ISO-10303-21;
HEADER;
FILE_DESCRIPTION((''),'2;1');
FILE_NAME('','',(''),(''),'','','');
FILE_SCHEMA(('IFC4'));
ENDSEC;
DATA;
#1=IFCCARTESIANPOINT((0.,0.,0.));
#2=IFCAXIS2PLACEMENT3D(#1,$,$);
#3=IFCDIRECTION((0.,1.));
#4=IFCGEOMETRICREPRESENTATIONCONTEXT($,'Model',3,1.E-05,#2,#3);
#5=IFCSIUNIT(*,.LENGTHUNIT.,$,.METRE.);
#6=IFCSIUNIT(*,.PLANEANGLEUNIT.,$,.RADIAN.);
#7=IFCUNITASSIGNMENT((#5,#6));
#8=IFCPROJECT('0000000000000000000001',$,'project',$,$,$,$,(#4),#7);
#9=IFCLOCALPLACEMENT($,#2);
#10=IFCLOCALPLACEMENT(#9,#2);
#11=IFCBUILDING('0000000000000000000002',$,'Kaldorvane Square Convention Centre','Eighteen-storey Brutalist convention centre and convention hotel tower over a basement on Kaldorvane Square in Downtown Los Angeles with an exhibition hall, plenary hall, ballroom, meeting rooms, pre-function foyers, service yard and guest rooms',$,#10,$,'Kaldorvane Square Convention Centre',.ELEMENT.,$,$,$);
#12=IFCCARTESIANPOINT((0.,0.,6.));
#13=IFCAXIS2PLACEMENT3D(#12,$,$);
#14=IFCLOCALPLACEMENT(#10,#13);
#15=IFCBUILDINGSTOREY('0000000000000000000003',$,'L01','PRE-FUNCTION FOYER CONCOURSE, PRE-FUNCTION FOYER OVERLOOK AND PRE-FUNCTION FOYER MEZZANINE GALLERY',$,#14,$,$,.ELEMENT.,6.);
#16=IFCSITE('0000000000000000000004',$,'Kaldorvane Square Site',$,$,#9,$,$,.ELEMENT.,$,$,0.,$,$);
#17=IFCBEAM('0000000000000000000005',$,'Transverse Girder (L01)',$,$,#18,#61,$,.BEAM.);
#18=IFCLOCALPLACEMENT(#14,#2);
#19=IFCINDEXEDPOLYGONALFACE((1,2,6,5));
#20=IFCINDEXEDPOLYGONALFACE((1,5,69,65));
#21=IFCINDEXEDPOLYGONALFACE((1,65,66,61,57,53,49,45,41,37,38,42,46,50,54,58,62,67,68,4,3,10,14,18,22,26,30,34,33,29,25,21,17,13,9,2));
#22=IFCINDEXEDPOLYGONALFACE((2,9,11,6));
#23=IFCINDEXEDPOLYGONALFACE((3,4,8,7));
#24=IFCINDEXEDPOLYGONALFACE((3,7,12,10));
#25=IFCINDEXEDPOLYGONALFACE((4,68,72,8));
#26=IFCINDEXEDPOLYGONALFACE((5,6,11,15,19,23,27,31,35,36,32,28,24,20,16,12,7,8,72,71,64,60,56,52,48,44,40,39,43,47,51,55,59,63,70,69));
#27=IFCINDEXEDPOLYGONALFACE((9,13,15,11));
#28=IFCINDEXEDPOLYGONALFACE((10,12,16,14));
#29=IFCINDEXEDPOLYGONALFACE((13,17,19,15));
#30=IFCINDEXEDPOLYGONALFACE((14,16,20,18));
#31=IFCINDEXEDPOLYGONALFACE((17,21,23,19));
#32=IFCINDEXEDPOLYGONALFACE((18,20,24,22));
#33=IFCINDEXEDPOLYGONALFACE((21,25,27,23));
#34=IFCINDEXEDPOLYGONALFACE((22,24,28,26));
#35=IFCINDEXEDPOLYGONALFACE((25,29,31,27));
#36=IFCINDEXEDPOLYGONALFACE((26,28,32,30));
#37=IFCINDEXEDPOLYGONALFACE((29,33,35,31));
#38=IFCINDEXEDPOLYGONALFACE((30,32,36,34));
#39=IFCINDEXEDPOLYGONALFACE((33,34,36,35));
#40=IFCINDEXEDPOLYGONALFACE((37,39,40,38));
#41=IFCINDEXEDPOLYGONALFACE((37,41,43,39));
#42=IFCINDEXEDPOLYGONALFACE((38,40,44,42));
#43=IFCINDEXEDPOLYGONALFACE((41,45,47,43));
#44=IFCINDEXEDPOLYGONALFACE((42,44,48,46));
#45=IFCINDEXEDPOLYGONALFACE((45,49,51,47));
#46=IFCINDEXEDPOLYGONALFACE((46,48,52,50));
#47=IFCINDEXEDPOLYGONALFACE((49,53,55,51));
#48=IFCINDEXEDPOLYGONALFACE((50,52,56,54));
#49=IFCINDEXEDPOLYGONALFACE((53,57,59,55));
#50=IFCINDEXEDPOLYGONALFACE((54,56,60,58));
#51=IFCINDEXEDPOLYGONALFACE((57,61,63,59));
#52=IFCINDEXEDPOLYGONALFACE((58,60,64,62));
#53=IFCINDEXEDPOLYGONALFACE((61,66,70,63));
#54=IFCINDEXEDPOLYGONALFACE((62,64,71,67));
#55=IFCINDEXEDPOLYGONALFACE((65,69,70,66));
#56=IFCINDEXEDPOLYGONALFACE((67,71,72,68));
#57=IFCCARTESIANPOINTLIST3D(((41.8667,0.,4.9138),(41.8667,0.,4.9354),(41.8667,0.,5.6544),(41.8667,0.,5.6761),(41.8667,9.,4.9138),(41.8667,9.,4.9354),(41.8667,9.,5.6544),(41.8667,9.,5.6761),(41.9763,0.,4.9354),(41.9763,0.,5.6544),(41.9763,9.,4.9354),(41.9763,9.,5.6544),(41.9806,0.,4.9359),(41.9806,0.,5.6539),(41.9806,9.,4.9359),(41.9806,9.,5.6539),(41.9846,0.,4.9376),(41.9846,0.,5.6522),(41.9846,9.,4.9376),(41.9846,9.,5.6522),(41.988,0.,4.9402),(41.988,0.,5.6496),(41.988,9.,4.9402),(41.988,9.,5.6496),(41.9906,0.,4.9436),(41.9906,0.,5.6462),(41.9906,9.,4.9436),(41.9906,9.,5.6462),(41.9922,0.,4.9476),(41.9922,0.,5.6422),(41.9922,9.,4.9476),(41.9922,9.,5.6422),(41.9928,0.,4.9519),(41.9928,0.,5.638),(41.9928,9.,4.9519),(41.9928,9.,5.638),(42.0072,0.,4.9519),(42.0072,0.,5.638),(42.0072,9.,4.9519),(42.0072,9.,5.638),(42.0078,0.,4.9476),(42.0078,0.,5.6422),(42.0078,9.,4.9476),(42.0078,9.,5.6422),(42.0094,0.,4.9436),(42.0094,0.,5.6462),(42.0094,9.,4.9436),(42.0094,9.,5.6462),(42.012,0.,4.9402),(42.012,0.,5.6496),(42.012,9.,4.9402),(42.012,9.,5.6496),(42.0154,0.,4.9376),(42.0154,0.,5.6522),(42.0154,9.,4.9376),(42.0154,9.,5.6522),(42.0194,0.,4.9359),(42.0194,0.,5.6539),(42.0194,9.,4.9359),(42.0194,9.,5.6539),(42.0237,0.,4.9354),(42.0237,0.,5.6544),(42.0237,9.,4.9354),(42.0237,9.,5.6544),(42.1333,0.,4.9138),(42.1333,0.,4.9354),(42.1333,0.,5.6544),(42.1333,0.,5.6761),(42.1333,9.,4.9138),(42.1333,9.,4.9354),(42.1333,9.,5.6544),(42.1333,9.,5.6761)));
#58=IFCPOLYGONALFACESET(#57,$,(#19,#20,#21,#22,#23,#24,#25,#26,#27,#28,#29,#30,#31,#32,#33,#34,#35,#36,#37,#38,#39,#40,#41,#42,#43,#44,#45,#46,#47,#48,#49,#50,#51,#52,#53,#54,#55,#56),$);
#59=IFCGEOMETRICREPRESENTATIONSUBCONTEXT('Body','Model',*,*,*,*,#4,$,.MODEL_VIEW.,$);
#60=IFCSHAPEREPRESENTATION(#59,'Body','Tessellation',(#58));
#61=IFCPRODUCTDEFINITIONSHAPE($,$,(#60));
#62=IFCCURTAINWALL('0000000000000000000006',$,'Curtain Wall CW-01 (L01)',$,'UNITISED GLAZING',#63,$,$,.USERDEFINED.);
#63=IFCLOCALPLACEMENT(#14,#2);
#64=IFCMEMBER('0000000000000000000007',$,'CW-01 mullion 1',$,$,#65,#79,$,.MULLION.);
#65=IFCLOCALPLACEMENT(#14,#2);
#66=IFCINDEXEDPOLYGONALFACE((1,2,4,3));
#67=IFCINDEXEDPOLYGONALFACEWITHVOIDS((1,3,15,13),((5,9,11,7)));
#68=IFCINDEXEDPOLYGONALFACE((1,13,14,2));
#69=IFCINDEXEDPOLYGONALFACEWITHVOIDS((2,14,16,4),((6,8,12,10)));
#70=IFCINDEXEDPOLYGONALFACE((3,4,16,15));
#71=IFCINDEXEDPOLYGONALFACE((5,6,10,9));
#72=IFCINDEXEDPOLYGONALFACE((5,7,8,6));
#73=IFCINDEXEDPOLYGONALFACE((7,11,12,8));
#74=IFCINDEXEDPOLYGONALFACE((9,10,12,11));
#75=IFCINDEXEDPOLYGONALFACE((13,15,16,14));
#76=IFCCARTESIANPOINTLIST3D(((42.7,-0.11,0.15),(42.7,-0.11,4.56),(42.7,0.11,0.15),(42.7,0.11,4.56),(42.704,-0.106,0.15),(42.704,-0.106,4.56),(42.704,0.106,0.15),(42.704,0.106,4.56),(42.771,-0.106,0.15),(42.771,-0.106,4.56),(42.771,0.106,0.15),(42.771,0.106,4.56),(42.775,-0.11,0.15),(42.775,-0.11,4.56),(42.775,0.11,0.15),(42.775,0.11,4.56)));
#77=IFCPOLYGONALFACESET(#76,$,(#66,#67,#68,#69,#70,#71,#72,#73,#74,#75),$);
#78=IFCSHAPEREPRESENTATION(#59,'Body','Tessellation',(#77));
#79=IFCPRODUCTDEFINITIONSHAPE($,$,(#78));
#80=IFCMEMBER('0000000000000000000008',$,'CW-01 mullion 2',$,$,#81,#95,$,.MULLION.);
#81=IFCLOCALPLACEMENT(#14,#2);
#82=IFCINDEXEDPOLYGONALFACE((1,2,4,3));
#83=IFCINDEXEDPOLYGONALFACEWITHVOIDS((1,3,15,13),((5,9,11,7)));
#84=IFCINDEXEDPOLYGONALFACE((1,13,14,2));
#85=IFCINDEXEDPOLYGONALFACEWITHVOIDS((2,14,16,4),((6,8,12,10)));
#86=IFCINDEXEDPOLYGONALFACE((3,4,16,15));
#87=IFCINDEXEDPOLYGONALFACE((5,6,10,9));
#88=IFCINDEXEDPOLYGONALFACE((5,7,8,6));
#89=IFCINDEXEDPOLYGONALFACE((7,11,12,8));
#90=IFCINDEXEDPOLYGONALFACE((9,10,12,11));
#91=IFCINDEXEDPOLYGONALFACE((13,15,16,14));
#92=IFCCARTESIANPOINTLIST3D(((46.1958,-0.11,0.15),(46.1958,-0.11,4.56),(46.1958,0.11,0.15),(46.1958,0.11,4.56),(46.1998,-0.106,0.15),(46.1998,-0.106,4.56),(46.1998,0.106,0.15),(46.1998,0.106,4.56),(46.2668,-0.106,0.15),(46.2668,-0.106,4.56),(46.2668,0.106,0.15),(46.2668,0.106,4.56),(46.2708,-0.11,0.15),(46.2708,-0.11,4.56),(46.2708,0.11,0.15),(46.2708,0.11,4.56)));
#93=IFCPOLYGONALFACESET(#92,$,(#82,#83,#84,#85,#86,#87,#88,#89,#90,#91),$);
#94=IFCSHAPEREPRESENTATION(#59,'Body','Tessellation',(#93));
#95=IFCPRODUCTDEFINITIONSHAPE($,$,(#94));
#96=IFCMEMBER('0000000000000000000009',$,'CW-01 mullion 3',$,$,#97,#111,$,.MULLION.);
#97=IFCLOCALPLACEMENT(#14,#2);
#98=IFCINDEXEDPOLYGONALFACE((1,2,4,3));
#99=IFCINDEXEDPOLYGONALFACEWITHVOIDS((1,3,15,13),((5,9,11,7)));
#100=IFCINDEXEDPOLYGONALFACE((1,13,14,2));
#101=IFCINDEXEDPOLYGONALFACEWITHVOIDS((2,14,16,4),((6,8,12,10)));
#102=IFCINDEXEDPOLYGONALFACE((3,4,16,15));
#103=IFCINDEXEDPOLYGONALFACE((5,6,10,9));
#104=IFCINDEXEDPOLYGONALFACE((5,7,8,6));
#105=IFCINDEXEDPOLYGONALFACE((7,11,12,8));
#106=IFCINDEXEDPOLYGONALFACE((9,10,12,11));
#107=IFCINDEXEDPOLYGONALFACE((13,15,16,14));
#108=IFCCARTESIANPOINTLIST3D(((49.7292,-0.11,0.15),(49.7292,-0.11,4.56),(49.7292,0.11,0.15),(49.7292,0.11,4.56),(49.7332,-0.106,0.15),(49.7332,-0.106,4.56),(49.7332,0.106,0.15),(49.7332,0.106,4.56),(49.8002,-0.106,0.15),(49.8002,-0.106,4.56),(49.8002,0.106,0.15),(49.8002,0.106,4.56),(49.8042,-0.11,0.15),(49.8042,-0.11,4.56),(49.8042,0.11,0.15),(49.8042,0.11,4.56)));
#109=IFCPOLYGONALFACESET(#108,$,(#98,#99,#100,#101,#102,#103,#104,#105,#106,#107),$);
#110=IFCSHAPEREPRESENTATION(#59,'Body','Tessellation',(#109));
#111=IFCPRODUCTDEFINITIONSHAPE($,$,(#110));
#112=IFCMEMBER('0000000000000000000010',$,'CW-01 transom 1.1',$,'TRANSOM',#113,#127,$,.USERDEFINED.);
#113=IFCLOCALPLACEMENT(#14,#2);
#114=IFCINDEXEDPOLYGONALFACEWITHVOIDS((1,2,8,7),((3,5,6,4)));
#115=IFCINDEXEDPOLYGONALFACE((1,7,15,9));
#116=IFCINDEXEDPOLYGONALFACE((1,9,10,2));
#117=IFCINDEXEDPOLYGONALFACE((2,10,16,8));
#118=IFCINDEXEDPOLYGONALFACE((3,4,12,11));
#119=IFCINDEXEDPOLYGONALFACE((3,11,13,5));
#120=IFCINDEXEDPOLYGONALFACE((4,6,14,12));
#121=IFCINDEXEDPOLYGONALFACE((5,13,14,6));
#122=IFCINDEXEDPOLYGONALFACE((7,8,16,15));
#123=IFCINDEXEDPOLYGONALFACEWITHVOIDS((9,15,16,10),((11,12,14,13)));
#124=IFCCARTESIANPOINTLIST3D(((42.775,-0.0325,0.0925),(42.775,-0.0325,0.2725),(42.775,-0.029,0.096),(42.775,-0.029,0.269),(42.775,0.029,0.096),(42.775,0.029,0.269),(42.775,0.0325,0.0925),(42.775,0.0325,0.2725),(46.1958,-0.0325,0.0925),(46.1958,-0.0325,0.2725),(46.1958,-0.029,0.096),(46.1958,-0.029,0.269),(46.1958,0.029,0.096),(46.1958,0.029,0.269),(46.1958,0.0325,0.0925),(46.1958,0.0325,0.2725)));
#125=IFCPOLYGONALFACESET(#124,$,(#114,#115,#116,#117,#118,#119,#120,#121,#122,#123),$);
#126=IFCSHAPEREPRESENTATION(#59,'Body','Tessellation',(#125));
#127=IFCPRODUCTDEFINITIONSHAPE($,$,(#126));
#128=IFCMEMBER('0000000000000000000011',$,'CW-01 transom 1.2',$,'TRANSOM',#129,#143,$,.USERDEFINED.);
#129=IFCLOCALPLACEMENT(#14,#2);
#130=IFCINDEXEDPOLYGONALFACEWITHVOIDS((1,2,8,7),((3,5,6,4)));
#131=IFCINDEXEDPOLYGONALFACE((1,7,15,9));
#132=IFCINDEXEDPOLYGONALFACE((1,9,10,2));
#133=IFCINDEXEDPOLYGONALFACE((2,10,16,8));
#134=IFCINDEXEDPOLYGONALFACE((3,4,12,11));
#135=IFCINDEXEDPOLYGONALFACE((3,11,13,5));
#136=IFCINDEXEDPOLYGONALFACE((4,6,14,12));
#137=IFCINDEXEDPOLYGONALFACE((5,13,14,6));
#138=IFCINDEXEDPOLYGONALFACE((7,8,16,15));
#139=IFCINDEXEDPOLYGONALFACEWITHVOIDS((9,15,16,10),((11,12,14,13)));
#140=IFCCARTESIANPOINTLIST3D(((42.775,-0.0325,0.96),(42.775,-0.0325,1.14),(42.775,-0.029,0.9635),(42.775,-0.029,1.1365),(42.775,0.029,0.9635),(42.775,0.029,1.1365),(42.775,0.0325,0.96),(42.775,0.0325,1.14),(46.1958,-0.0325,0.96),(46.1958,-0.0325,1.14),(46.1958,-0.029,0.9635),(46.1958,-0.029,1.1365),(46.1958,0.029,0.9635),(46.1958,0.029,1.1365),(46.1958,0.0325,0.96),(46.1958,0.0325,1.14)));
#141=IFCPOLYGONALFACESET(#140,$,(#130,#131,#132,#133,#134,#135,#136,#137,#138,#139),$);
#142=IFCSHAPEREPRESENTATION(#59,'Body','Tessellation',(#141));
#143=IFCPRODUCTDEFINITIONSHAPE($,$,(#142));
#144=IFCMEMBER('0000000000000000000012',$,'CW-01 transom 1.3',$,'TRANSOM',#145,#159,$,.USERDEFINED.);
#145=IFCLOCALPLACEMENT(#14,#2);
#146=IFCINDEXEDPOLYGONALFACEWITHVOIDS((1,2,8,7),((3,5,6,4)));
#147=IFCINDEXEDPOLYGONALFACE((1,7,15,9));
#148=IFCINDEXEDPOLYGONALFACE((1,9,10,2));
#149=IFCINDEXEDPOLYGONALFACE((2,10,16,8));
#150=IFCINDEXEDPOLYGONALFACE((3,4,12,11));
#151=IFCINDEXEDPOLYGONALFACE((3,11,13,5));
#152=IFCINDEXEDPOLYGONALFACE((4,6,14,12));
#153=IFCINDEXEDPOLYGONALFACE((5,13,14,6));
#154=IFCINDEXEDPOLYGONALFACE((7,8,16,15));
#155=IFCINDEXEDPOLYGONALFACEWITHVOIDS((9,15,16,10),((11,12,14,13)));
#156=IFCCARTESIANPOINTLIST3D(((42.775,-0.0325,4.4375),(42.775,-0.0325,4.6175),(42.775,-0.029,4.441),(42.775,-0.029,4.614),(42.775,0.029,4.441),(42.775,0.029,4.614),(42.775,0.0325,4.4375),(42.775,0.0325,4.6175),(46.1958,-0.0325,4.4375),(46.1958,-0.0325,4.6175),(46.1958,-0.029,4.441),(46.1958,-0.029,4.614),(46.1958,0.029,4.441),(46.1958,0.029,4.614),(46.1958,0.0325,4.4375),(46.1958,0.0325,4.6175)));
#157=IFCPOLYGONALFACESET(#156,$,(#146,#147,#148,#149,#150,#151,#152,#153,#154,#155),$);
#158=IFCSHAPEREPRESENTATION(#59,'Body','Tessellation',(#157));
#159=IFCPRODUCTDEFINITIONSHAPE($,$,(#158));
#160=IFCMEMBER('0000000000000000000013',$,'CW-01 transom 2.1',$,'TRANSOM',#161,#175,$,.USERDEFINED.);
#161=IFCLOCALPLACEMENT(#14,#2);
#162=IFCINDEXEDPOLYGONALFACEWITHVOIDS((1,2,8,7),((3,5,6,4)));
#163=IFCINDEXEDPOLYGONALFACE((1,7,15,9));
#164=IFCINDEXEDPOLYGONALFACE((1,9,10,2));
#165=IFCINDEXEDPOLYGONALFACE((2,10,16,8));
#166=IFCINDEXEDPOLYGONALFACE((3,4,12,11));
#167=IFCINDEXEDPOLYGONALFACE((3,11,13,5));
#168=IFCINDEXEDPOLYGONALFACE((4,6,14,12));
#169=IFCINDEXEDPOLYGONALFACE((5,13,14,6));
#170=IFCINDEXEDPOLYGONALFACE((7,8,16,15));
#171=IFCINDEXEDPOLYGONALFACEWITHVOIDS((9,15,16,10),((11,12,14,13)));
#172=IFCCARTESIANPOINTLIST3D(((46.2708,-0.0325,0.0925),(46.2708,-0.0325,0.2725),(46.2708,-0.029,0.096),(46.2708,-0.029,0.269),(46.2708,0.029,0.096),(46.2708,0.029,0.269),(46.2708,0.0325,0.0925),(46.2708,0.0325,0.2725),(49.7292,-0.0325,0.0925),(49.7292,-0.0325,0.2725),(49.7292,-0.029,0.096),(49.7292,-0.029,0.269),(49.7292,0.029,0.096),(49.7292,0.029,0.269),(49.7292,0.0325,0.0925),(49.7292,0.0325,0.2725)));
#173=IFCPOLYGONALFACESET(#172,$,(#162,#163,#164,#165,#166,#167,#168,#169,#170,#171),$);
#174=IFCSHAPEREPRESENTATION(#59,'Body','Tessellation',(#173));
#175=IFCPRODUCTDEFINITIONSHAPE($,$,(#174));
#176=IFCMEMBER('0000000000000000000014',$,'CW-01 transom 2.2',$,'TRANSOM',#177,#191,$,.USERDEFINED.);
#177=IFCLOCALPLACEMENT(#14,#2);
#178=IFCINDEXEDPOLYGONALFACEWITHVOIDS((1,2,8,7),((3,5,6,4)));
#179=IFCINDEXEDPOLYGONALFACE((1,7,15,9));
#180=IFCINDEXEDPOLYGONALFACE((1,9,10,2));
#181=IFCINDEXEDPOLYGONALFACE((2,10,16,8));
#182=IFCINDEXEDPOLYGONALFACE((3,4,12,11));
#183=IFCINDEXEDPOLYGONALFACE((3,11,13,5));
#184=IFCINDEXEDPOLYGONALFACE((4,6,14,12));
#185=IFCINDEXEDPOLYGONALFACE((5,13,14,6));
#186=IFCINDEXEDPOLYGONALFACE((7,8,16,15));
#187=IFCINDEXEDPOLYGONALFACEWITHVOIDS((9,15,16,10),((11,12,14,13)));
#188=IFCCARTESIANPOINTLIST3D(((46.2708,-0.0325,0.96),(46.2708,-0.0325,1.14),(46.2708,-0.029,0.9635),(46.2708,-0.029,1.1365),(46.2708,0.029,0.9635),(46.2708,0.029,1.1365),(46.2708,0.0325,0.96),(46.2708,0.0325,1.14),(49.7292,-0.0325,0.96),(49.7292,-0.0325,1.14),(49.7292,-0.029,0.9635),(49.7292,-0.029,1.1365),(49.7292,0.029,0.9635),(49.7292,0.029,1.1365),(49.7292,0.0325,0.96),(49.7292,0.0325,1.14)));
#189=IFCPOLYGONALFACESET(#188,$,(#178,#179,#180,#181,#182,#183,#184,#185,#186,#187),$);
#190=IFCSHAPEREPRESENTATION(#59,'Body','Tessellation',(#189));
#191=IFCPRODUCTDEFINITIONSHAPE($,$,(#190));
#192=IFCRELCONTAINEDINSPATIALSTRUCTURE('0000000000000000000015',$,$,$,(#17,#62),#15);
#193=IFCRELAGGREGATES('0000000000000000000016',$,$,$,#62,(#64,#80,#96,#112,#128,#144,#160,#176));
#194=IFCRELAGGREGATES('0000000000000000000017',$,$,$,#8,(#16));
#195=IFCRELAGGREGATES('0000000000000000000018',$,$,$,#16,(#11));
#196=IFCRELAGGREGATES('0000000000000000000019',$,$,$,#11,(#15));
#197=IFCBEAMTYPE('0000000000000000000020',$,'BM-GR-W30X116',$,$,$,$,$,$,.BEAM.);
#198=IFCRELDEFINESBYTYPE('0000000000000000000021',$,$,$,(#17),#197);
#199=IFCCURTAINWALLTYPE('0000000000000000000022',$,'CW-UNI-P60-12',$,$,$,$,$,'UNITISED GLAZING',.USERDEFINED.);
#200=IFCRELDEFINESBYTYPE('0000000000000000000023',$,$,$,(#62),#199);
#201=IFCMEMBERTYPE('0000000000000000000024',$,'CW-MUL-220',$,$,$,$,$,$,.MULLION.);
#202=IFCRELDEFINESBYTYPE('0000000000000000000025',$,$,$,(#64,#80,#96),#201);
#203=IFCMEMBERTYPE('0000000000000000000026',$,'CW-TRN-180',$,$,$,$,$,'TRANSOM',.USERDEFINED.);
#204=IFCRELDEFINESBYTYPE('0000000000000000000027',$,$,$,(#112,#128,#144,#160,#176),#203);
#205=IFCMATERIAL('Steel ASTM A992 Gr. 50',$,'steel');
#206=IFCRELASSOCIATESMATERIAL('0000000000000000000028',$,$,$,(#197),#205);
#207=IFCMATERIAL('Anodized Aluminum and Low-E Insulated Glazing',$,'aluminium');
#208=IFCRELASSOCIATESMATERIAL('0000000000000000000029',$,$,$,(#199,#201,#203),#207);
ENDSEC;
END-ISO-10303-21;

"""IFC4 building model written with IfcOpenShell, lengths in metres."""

from ifc_helpers import new_model, si_unit, direction, frame, origin, origin_2d, place, context, subcontext, project, spatial, hollow_rectangle, i_section, extrude, material, material_profile, profile_set, type_object, element, aggregate, save


model = new_model("IFC4")

# Units and contexts
model_context = context("Model", 3, precision=1e-05, world=origin(), true_north=direction((0.0, 1.0)))
body_context = subcontext(model_context, "Body", "Model", "MODEL_VIEW")
ifc_project = project(units=[si_unit("LENGTHUNIT", "METRE"), si_unit("PLANEANGLEUNIT", "RADIAN")], contexts=[model_context])

# Site, building, storey
site_placement = place(None, origin())
site = spatial("IfcSite", under=ifc_project, at=site_placement, Name="Kaldorvane Square Site", CompositionType="ELEMENT", RefElevation=0.0)
building_placement = place(site_placement, origin())
building = spatial("IfcBuilding", under=site, at=building_placement, Name="Kaldorvane Square Convention Centre", Description="Eighteen-storey Brutalist convention centre and convention hotel tower over a basement on Kaldorvane Square in Downtown Los Angeles with an exhibition hall, plenary hall, ballroom, meeting rooms, pre-function foyers, service yard and guest rooms", LongName="Kaldorvane Square Convention Centre", CompositionType="ELEMENT")
storey_placement = place(building_placement, frame((0.0, 0.0, 6.0)))
storey = spatial("IfcBuildingStorey", under=building, at=storey_placement, Name="L01", Description="PRE-FUNCTION FOYER CONCOURSE, PRE-FUNCTION FOYER OVERLOOK AND PRE-FUNCTION FOYER MEZZANINE GALLERY", CompositionType="ELEMENT", Elevation=6.0)

# Beam
ifc_material_1 = material(Name="Steel ASTM A992 Gr. 50", Category="steel")
ifc_material_profile_1 = material_profile(ifc_material_1, i_section(OverallWidth=0.2666, OverallDepth=0.7623, WebThickness=0.0144, FlangeThickness=0.0216, FilletRadius=0.0165, at=origin_2d()), Name="W30X116")
ifc_profile_set_1 = profile_set([ifc_material_profile_1], Name="Steel ASTM A992 Gr. 50")
beam_type = type_object("IfcBeamType", Name="BM-GR-W30X116", PredefinedType="BEAM", material=ifc_profile_set_1)
beam_placement = place(storey_placement, frame((42.0, 0.0, 5.2949), z_axis=(0.0, 1.0, 0.0), x_axis=(-1.0, 0.0, 0.0)))
element("IfcBeam", 1, at=beam_placement, inside=storey, type_object=beam_type, Name="Transverse Girder (L01)", PredefinedType="BEAM", context=body_context, shape_type="SweptSolid", body=[
    extrude(i_section(OverallWidth=0.2666, OverallDepth=0.7623, WebThickness=0.0144, FlangeThickness=0.0216, FilletRadius=0.0165, at=origin_2d()), origin(), (0.0, 0.0, 1.0), 9.0),
])

# Curtain wall, members
ifc_material_2 = material(Name="Anodized Aluminum and Low-E Insulated Glazing", Category="aluminium")
curtain_wall_type = type_object("IfcCurtainWallType", Name="CW-UNI-P60-12", ElementType="UNITISED GLAZING", PredefinedType="USERDEFINED", material=ifc_material_2)
curtain_wall_placement = place(storey_placement, origin())
curtain_wall = element("IfcCurtainWall", 2, at=curtain_wall_placement, inside=storey, type_object=curtain_wall_type, Name="Curtain Wall CW-01 (L01)", ObjectType="UNITISED GLAZING", PredefinedType="USERDEFINED")
ifc_material_profile_2 = material_profile(ifc_material_2, hollow_rectangle(XDim=0.075, YDim=0.22, WallThickness=0.004, at=origin_2d()), Name="CWM-220X75")
ifc_profile_set_2 = profile_set([ifc_material_profile_2], Name="Anodized Aluminum and Low-E Insulated Glazing")
member_type_1 = type_object("IfcMemberType", Name="CW-MUL-220", PredefinedType="MULLION", material=ifc_profile_set_2)
member_1_placement = place(storey_placement, frame((42.7375, 0.0, 0.15), z_axis=(0.0, 0.0, 1.0), x_axis=(1.0, 0.0, 0.0)))
member_1 = element("IfcMember", 3, at=member_1_placement, type_object=member_type_1, Name="CW-01 mullion 1", PredefinedType="MULLION", context=body_context, shape_type="SweptSolid", body=[
    extrude(hollow_rectangle(XDim=0.075, YDim=0.22, WallThickness=0.004, at=origin_2d()), origin(), (0.0, 0.0, 1.0), 4.41),
])
member_2_placement = place(storey_placement, frame((46.2333, 0.0, 0.15), z_axis=(0.0, 0.0, 1.0), x_axis=(1.0, 0.0, 0.0)))
member_2 = element("IfcMember", 4, at=member_2_placement, type_object=member_type_1, Name="CW-01 mullion 2", PredefinedType="MULLION", context=body_context, shape_type="SweptSolid", body=[
    extrude(hollow_rectangle(XDim=0.075, YDim=0.22, WallThickness=0.004, at=origin_2d()), origin(), (0.0, 0.0, 1.0), 4.41),
])
member_3_placement = place(storey_placement, frame((49.7667, 0.0, 0.15), z_axis=(0.0, 0.0, 1.0), x_axis=(1.0, 0.0, 0.0)))
member_3 = element("IfcMember", 5, at=member_3_placement, type_object=member_type_1, Name="CW-01 mullion 3", PredefinedType="MULLION", context=body_context, shape_type="SweptSolid", body=[
    extrude(hollow_rectangle(XDim=0.075, YDim=0.22, WallThickness=0.004, at=origin_2d()), origin(), (0.0, 0.0, 1.0), 4.41),
])
ifc_material_profile_3 = material_profile(ifc_material_2, hollow_rectangle(XDim=0.065, YDim=0.18, WallThickness=0.0035, at=origin_2d()), Name="CWT-180X65")
ifc_profile_set_3 = profile_set([ifc_material_profile_3], Name="Anodized Aluminum and Low-E Insulated Glazing")
member_type_2 = type_object("IfcMemberType", Name="CW-TRN-180", ElementType="TRANSOM", PredefinedType="USERDEFINED", material=ifc_profile_set_3)
member_4_placement = place(storey_placement, frame((42.775, 0.0, 0.1825), z_axis=(1.0, 0.0, 0.0), x_axis=(0.0, 1.0, 0.0)))
member_4 = element("IfcMember", 6, at=member_4_placement, type_object=member_type_2, Name="CW-01 transom 1.1", ObjectType="TRANSOM", PredefinedType="USERDEFINED", context=body_context, shape_type="SweptSolid", body=[
    extrude(hollow_rectangle(XDim=0.065, YDim=0.18, WallThickness=0.0035, at=origin_2d()), origin(), (0.0, 0.0, 1.0), 3.4208),
])
member_5_placement = place(storey_placement, frame((42.775, 0.0, 1.05), z_axis=(1.0, 0.0, 0.0), x_axis=(0.0, 1.0, 0.0)))
member_5 = element("IfcMember", 7, at=member_5_placement, type_object=member_type_2, Name="CW-01 transom 1.2", ObjectType="TRANSOM", PredefinedType="USERDEFINED", context=body_context, shape_type="SweptSolid", body=[
    extrude(hollow_rectangle(XDim=0.065, YDim=0.18, WallThickness=0.0035, at=origin_2d()), origin(), (0.0, 0.0, 1.0), 3.4208),
])
member_6_placement = place(storey_placement, frame((42.775, 0.0, 4.5275), z_axis=(1.0, 0.0, 0.0), x_axis=(0.0, 1.0, 0.0)))
member_6 = element("IfcMember", 8, at=member_6_placement, type_object=member_type_2, Name="CW-01 transom 1.3", ObjectType="TRANSOM", PredefinedType="USERDEFINED", context=body_context, shape_type="SweptSolid", body=[
    extrude(hollow_rectangle(XDim=0.065, YDim=0.18, WallThickness=0.0035, at=origin_2d()), origin(), (0.0, 0.0, 1.0), 3.4208),
])
member_7_placement = place(storey_placement, frame((46.2708, 0.0, 0.1825), z_axis=(1.0, 0.0, 0.0), x_axis=(0.0, 1.0, 0.0)))
member_7 = element("IfcMember", 9, at=member_7_placement, type_object=member_type_2, Name="CW-01 transom 2.1", ObjectType="TRANSOM", PredefinedType="USERDEFINED", context=body_context, shape_type="SweptSolid", body=[
    extrude(hollow_rectangle(XDim=0.065, YDim=0.18, WallThickness=0.0035, at=origin_2d()), origin(), (0.0, 0.0, 1.0), 3.4583),
])
member_8_placement = place(storey_placement, frame((46.2708, 0.0, 1.05), z_axis=(1.0, 0.0, 0.0), x_axis=(0.0, 1.0, 0.0)))
member_8 = element("IfcMember", 10, at=member_8_placement, type_object=member_type_2, Name="CW-01 transom 2.2", ObjectType="TRANSOM", PredefinedType="USERDEFINED", context=body_context, shape_type="SweptSolid", body=[
    extrude(hollow_rectangle(XDim=0.065, YDim=0.18, WallThickness=0.0035, at=origin_2d()), origin(), (0.0, 0.0, 1.0), 3.4583),
])
aggregate(curtain_wall, [member_1, member_2, member_3, member_4, member_5, member_6, member_7, member_8])

save(model, "model.ifc")
